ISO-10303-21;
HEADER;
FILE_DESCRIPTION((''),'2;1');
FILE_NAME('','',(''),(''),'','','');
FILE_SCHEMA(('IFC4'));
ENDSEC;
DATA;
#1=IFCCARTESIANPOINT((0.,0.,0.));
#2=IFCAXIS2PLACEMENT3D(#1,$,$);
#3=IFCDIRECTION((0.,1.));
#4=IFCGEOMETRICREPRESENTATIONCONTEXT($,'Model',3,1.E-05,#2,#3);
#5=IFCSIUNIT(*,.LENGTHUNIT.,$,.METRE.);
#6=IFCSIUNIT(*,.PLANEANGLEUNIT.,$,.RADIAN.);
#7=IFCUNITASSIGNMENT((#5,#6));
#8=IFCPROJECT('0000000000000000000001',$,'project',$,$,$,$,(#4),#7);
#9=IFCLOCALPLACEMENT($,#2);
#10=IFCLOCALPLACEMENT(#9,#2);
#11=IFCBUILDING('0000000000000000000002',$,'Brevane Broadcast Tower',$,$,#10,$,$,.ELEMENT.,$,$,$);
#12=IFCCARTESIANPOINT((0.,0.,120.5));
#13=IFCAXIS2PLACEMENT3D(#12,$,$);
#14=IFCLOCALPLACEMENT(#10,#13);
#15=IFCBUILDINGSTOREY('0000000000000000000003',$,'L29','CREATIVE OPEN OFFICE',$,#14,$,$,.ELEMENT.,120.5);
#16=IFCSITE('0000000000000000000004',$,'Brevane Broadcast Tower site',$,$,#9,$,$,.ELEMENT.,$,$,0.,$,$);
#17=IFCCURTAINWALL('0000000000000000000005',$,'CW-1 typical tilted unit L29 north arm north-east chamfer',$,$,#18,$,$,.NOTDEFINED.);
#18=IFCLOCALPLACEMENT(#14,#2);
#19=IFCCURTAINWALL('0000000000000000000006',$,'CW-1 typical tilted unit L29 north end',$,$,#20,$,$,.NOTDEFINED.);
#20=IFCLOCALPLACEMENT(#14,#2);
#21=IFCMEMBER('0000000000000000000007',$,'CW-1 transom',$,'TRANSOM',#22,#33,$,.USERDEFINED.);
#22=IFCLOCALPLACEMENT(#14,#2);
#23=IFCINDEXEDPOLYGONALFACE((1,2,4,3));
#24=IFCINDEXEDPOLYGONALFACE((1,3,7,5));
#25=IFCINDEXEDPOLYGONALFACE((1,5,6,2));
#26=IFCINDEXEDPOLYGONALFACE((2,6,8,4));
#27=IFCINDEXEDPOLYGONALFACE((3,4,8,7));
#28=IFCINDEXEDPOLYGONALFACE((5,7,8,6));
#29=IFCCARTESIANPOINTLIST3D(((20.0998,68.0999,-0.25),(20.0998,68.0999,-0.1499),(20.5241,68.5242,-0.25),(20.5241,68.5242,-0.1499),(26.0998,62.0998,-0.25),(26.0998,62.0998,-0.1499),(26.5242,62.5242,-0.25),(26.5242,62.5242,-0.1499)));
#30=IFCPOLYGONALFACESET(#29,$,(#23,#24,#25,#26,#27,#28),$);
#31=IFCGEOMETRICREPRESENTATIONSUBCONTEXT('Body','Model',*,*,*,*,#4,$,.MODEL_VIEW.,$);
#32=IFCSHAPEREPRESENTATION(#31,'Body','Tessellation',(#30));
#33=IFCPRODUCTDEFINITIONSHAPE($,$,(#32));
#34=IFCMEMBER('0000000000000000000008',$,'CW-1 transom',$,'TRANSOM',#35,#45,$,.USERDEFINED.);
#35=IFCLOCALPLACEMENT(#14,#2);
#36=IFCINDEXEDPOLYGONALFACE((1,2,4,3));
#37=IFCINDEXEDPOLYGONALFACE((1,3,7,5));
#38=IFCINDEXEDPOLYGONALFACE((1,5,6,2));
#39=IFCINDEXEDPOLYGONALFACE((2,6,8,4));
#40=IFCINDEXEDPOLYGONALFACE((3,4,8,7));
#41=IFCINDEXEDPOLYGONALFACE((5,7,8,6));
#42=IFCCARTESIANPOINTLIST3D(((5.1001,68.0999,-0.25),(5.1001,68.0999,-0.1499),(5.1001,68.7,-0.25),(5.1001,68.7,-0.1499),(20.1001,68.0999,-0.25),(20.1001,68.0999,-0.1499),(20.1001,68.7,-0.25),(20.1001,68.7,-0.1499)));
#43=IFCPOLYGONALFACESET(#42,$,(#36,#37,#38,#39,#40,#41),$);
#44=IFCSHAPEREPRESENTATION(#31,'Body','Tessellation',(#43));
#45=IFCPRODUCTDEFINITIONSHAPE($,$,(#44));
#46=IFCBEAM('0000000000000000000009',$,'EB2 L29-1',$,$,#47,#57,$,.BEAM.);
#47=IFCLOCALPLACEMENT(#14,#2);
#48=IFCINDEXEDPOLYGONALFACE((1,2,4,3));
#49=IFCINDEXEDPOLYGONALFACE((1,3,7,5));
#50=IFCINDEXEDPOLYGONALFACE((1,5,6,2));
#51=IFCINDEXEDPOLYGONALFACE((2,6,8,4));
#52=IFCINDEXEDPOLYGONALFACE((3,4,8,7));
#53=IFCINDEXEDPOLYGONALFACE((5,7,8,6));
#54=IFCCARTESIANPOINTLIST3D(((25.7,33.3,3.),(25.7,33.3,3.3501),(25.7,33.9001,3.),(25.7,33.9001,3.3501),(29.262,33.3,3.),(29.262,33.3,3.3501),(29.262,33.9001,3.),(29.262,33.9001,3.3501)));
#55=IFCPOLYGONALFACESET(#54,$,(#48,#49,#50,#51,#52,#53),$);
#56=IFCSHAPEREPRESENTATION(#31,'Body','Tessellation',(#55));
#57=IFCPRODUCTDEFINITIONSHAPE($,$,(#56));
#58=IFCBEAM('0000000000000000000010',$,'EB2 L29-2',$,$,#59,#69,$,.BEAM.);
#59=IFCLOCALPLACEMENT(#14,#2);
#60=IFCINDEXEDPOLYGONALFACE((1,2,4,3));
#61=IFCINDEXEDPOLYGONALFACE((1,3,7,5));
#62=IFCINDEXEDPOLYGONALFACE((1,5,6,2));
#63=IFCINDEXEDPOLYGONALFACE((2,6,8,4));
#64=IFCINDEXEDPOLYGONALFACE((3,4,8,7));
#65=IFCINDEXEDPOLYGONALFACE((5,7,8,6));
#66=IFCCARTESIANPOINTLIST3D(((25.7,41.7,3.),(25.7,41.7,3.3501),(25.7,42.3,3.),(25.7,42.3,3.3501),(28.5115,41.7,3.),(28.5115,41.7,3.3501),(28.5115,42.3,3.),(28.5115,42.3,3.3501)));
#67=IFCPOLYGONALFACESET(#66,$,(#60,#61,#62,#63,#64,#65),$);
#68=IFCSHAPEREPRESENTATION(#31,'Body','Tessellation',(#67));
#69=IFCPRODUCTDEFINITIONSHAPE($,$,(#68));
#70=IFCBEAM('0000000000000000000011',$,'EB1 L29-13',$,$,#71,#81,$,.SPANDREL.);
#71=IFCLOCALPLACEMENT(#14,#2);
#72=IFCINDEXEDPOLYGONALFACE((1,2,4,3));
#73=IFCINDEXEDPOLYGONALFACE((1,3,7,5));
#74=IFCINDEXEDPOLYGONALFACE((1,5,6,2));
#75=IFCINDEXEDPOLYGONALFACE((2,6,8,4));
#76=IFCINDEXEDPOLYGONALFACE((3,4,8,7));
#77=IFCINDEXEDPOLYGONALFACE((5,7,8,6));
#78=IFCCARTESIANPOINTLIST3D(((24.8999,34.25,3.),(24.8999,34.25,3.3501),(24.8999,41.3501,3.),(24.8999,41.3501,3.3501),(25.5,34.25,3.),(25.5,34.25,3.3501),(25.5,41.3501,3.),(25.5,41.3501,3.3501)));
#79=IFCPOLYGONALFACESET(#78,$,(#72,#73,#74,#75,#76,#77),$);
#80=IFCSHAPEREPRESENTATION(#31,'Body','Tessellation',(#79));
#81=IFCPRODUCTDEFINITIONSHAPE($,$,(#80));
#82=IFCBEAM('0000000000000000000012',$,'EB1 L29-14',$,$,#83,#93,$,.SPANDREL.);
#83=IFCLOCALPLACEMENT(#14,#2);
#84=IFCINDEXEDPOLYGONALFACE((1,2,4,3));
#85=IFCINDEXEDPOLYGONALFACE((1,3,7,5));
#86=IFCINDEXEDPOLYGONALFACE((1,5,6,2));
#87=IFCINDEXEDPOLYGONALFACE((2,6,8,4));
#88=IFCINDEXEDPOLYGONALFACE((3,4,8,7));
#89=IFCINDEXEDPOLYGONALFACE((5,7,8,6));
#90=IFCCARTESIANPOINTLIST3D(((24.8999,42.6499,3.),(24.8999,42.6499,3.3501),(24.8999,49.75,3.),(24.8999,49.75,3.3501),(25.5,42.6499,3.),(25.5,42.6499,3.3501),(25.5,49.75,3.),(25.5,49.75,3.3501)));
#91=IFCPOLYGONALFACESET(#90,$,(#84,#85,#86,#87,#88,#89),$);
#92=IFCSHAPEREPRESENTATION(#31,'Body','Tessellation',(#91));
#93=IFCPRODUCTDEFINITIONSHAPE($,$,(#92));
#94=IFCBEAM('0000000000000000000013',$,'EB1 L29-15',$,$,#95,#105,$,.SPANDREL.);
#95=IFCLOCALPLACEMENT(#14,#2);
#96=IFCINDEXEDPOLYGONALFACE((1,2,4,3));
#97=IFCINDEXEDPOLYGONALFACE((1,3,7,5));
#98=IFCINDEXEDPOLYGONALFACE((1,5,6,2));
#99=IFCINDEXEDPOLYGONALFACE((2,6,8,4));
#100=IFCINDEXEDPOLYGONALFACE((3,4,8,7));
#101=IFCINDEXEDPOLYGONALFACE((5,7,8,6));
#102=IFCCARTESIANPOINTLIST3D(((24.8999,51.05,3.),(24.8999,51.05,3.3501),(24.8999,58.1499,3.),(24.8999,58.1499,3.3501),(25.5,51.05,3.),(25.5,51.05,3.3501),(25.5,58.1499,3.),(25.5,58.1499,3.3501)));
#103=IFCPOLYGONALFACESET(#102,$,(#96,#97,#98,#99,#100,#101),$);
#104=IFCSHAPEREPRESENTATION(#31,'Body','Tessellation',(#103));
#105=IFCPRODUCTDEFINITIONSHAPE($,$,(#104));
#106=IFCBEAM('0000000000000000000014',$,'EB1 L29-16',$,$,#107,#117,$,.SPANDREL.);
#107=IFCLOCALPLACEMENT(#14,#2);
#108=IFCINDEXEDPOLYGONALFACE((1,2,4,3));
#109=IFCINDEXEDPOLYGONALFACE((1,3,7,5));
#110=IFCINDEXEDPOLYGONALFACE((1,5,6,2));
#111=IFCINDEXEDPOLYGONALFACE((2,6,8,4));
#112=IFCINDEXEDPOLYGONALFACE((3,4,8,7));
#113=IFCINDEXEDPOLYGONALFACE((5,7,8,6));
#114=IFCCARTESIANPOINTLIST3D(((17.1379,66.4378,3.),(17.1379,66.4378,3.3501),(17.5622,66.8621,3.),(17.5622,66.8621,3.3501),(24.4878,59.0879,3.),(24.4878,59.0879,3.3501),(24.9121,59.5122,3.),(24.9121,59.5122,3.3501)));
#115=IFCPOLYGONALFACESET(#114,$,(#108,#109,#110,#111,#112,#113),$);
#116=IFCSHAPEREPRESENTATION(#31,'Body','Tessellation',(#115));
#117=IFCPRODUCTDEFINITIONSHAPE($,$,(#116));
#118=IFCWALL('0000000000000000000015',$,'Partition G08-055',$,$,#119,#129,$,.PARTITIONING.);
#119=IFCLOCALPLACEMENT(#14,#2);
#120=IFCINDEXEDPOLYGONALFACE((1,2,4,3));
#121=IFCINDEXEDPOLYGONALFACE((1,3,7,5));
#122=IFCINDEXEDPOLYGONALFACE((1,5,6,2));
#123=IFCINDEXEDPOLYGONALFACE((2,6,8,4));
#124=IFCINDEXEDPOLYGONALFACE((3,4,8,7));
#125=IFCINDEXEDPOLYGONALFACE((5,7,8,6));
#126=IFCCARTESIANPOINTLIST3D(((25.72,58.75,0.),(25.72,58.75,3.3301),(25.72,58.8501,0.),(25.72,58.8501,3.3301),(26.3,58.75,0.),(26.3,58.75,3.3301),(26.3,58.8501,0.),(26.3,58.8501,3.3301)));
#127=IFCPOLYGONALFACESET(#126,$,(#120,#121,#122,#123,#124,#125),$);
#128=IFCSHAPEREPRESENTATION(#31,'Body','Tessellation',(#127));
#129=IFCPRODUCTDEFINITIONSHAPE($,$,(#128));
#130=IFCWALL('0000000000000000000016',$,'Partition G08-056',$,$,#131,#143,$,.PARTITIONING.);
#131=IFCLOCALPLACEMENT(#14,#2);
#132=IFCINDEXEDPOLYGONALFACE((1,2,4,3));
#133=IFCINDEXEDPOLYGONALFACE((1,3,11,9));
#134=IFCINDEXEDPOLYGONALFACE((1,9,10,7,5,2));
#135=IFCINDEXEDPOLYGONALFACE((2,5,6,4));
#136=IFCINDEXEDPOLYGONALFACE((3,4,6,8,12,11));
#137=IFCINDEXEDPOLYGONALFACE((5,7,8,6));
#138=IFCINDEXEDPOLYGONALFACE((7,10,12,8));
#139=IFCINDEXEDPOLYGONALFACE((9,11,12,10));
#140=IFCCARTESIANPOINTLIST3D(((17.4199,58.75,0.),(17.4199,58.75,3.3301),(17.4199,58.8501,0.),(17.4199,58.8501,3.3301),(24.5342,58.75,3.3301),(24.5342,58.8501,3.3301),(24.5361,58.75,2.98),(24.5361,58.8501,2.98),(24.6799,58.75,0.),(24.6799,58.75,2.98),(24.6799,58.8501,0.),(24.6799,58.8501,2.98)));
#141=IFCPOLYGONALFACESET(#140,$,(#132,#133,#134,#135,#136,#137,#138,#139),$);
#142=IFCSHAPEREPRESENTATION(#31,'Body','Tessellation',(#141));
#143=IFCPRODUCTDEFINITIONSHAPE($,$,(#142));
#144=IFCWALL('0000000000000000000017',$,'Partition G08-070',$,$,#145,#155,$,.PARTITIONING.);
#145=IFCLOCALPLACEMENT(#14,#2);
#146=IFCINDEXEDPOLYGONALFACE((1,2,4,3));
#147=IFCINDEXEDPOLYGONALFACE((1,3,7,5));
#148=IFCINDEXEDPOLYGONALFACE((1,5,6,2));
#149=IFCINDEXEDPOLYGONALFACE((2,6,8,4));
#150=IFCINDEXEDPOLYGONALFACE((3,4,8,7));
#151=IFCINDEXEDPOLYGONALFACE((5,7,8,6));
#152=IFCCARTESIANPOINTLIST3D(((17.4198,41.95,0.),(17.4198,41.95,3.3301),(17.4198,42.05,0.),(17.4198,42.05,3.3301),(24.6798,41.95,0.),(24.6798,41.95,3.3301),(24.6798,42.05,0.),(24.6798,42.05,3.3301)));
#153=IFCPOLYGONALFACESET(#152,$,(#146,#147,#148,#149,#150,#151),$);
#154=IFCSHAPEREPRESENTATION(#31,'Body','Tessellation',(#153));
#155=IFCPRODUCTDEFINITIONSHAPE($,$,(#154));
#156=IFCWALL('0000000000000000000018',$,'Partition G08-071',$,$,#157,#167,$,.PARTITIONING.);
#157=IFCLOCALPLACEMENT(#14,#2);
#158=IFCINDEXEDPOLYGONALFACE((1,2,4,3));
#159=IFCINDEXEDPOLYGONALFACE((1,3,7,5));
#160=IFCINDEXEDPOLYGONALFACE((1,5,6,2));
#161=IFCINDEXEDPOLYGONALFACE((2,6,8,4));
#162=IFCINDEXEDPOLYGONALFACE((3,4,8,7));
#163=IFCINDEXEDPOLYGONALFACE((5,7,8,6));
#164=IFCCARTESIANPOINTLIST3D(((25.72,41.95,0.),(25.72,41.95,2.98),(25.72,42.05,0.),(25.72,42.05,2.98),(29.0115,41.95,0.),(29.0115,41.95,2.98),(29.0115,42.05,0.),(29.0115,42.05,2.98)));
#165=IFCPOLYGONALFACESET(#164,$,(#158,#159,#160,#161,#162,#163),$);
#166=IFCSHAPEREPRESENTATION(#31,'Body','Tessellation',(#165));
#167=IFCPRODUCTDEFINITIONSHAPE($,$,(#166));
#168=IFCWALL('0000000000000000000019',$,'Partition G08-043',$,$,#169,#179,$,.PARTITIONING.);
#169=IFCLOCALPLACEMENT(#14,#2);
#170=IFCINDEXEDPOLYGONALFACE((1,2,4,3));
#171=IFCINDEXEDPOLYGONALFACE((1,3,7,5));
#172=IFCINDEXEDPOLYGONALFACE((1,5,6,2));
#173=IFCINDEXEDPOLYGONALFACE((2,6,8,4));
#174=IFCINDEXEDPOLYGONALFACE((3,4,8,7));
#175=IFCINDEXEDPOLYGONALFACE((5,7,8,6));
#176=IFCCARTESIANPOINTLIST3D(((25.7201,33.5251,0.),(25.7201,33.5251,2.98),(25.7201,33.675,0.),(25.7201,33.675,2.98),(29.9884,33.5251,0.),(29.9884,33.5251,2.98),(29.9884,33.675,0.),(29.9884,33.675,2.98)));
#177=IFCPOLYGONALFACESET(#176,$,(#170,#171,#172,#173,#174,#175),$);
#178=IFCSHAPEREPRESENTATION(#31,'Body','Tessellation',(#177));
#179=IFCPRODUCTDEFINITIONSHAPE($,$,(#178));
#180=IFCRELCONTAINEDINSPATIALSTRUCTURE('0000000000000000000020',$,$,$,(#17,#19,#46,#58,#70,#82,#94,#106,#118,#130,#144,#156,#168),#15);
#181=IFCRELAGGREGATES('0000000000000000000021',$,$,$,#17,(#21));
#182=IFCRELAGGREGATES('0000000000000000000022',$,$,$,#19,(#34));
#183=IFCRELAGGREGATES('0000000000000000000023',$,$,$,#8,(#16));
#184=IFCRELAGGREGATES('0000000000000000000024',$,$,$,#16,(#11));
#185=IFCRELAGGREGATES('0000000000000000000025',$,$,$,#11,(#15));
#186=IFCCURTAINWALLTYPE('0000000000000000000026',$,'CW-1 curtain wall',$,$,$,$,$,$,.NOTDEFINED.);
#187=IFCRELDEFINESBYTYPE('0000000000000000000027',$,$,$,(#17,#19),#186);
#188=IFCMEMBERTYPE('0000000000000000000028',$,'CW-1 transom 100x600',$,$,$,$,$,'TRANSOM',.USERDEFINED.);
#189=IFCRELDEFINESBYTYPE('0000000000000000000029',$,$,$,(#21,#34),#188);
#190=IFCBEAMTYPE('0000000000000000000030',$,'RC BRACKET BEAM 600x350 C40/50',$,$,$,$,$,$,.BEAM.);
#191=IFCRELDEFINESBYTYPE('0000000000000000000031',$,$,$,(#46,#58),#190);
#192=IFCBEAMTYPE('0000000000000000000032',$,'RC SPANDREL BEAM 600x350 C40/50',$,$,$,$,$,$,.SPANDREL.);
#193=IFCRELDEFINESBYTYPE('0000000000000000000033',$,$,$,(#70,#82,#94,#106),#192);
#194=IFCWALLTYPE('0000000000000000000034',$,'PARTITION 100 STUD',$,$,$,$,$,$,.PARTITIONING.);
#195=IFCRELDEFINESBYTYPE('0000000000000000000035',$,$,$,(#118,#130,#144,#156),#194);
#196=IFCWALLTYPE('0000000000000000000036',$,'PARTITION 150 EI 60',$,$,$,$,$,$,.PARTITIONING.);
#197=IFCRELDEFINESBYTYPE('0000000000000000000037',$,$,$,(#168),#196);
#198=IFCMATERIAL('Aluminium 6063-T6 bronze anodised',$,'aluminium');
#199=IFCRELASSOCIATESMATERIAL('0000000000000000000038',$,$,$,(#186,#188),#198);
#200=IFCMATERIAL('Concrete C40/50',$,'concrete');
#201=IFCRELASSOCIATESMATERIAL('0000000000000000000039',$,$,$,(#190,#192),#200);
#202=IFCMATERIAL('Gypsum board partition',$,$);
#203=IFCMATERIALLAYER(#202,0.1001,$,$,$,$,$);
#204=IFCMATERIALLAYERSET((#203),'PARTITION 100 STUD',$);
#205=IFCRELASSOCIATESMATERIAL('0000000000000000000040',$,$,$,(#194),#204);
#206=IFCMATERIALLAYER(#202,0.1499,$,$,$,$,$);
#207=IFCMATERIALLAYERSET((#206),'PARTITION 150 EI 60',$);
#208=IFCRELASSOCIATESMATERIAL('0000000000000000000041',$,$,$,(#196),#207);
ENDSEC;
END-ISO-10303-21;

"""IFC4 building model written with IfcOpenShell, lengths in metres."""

from ifc_helpers import new_model, si_unit, direction, frame, frame_2d, origin, origin_2d, place, context, subcontext, project, spatial, polyline, rectangle, outline, extrude, material, layer, layer_set, material_profile, profile_set, type_object, element, aggregate, save


model = new_model("IFC4")

# Units and contexts
model_context = context("Model", 3, precision=1e-05, world=origin(), true_north=direction((0.0, 1.0)))
body_context = subcontext(model_context, "Body", "Model", "MODEL_VIEW")
ifc_project = project(units=[si_unit("LENGTHUNIT", "METRE"), si_unit("PLANEANGLEUNIT", "RADIAN")], contexts=[model_context])

# Site, building, storey
site_placement = place(None, origin())
site = spatial("IfcSite", under=ifc_project, at=site_placement, Name="Brevane Broadcast Tower site", CompositionType="ELEMENT", RefElevation=0.0)
building_placement = place(site_placement, origin())
building = spatial("IfcBuilding", under=site, at=building_placement, Name="Brevane Broadcast Tower", CompositionType="ELEMENT")
storey_placement = place(building_placement, frame((0.0, 0.0, 120.5)))
storey = spatial("IfcBuildingStorey", under=building, at=storey_placement, Name="L29", Description="CREATIVE OPEN OFFICE", CompositionType="ELEMENT", Elevation=120.5)

# Shared definitions
ifc_material_1 = material(Name="Aluminium 6063-T6 bronze anodised", Category="aluminium")
curtain_wall_type = type_object("IfcCurtainWallType", Name="CW-1 curtain wall", PredefinedType="NOTDEFINED", material=ifc_material_1)

# Curtain wall
curtain_wall_1_placement = place(storey_placement, origin())
curtain_wall_1 = element("IfcCurtainWall", 1, at=curtain_wall_1_placement, inside=storey, type_object=curtain_wall_type, Name="CW-1 typical tilted unit L29 north arm north-east chamfer", PredefinedType="NOTDEFINED")

# Curtain wall
curtain_wall_2_placement = place(storey_placement, origin())
curtain_wall_2 = element("IfcCurtainWall", 2, at=curtain_wall_2_placement, inside=storey, type_object=curtain_wall_type, Name="CW-1 typical tilted unit L29 north end", PredefinedType="NOTDEFINED")

# Members
ifc_material_profile_1 = material_profile(ifc_material_1, rectangle(XDim=0.6001, YDim=0.1001, at=origin_2d()), Name="RECT 100x600")
ifc_profile_set_1 = profile_set([ifc_material_profile_1], Name="Aluminium 6063-T6 bronze anodised")
member_type_1 = type_object("IfcMemberType", Name="CW-1 transom 100x600", ElementType="TRANSOM", PredefinedType="USERDEFINED", material=ifc_profile_set_1)
member_1_placement = place(storey_placement, frame((26.312, 62.312, -0.2), z_axis=(-0.707107, 0.707107, 0.0), x_axis=(-0.707107, -0.707107, 0.0)))
member_1 = element("IfcMember", 3, at=member_1_placement, type_object=member_type_1, Name="CW-1 transom", ObjectType="TRANSOM", PredefinedType="USERDEFINED", context=body_context, shape_type="SweptSolid", body=[
    extrude(rectangle(XDim=0.6001, YDim=0.1001, at=origin_2d()), origin(), (0.0, 0.0, 1.0), 8.4854),
])
aggregate(curtain_wall_1, [member_1])
member_2_placement = place(storey_placement, frame((20.1001, 68.3999, -0.2), z_axis=(-1.0, 0.0, 0.0), x_axis=(0.0, -1.0, 0.0)))
member_2 = element("IfcMember", 4, at=member_2_placement, type_object=member_type_1, Name="CW-1 transom", ObjectType="TRANSOM", PredefinedType="USERDEFINED", context=body_context, shape_type="SweptSolid", body=[
    extrude(rectangle(XDim=0.6001, YDim=0.1001, at=origin_2d()), origin(), (0.0, 0.0, 1.0), 15.0),
])
aggregate(curtain_wall_2, [member_2])

# Beams
ifc_material_2 = material(Name="Concrete C40/50", Category="concrete")
ifc_material_profile_2 = material_profile(ifc_material_2, rectangle(XDim=0.6001, YDim=0.3501, at=origin_2d()), Name="RC 600x350")
ifc_profile_set_2 = profile_set([ifc_material_profile_2], Name="Concrete C40/50")
beam_type_1 = type_object("IfcBeamType", Name="RC BRACKET BEAM 600x350 C40/50", PredefinedType="BEAM", material=ifc_profile_set_2)
beam_1_placement = place(storey_placement, frame((25.7, 33.6001, 3.175), z_axis=(1.0, 0.0, 0.0), x_axis=(0.0, 1.0, 0.0)))
element("IfcBeam", 5, at=beam_1_placement, inside=storey, type_object=beam_type_1, Name="EB2 L29-1", PredefinedType="BEAM", context=body_context, shape_type="SweptSolid", body=[
    extrude(rectangle(XDim=0.6001, YDim=0.3501, at=origin_2d()), origin(), (0.0, 0.0, 1.0), 3.562),
])
beam_2_placement = place(storey_placement, frame((25.7, 42.0, 3.175), z_axis=(1.0, 0.0, 0.0), x_axis=(0.0, 1.0, 0.0)))
element("IfcBeam", 6, at=beam_2_placement, inside=storey, type_object=beam_type_1, Name="EB2 L29-2", PredefinedType="BEAM", context=body_context, shape_type="SweptSolid", body=[
    extrude(rectangle(XDim=0.6001, YDim=0.3501, at=origin_2d()), origin(), (0.0, 0.0, 1.0), 2.8115),
])
ifc_material_profile_3 = material_profile(ifc_material_2, rectangle(XDim=0.6001, YDim=0.3501, at=origin_2d()), Name="RC 600x350")
ifc_profile_set_3 = profile_set([ifc_material_profile_3], Name="Concrete C40/50")
beam_type_2 = type_object("IfcBeamType", Name="RC SPANDREL BEAM 600x350 C40/50", PredefinedType="SPANDREL", material=ifc_profile_set_3)
for number, where, z_axis, x_axis, name in (
    (7, (25.2, 34.25, 3.175), (0.0, 1.0, 0.0), (-1.0, 0.0, 0.0), "EB1 L29-13"),
    (8, (25.2, 42.6499, 3.175), (0.0, 1.0, 0.0), (-1.0, 0.0, 0.0), "EB1 L29-14"),
):
    element("IfcBeam", number, at=place(storey_placement, frame(where, z_axis=z_axis, x_axis=x_axis)), inside=storey, type_object=beam_type_2, Name=name, PredefinedType="SPANDREL", context=body_context, shape_type="SweptSolid", body=[
        extrude(rectangle(XDim=0.6001, YDim=0.3501, at=origin_2d()), origin(), (0.0, 0.0, 1.0), 7.1001),
    ])
beam_3_placement = place(storey_placement, frame((25.2, 51.05, 3.175), z_axis=(0.0, 1.0, 0.0), x_axis=(-1.0, 0.0, 0.0)))
element("IfcBeam", 9, at=beam_3_placement, inside=storey, type_object=beam_type_2, Name="EB1 L29-15", PredefinedType="SPANDREL", context=body_context, shape_type="SweptSolid", body=[
    extrude(rectangle(XDim=0.6001, YDim=0.3501, at=origin_2d()), origin(), (0.0, 0.0, 1.0), 7.0999),
])
beam_4_placement = place(storey_placement, frame((24.7, 59.3, 3.175), z_axis=(-0.707107, 0.707107, 0.0), x_axis=(-0.707107, -0.707107, 0.0)))
element("IfcBeam", 10, at=beam_4_placement, inside=storey, type_object=beam_type_2, Name="EB1 L29-16", PredefinedType="SPANDREL", context=body_context, shape_type="SweptSolid", body=[
    extrude(rectangle(XDim=0.6001, YDim=0.3501, at=origin_2d()), origin(), (0.0, 0.0, 1.0), 10.3943),
])

# Walls
ifc_material_3 = material(Name="Gypsum board partition")
ifc_layer_1 = layer(ifc_material_3, 0.1001)
ifc_layer_set_1 = layer_set([ifc_layer_1], Name="PARTITION 100 STUD")
wall_type_1 = type_object("IfcWallType", Name="PARTITION 100 STUD", PredefinedType="PARTITIONING", material=ifc_layer_set_1)
wall_1_placement = place(storey_placement, frame((26.3, 58.8, 0.0), z_axis=(0.0, 0.0, 1.0), x_axis=(-1.0, 0.0, 0.0)))
element("IfcWall", 11, at=wall_1_placement, inside=storey, type_object=wall_type_1, Name="Partition G08-055", PredefinedType="PARTITIONING", context=body_context, shape_type="SweptSolid", body=[
    extrude(rectangle(XDim=0.5801, YDim=0.1001, at=frame_2d((0.29, 0.0))), origin(), (0.0, 0.0, 1.0), 3.3301),
])
wall_2_placement = place(storey_placement, frame((24.6799, 58.8, 0.0), z_axis=(0.0, 0.0, 1.0), x_axis=(-1.0, 0.0, 0.0)))
element("IfcWall", 12, at=wall_2_placement, inside=storey, type_object=wall_type_1, Name="Partition G08-056", PredefinedType="PARTITIONING", context=body_context, shape_type="SweptSolid", body=[
    extrude(outline(polyline([(0.0, 0.0), (7.26, 0.0), (7.26, 3.3301), (0.1458, 3.3301), (0.1438, 2.98), (0.0, 2.98), (0.0, 0.0)])), frame((0.0, 0.05, 0.0), z_axis=(0.0, -1.0, 0.0), x_axis=(1.0, 0.0, 0.0)), (0.0, 0.0, 1.0), 0.1001),
])
wall_3_placement = place(storey_placement, frame((17.4199, 42.0, 0.0), z_axis=(0.0, 0.0, 1.0), x_axis=(1.0, 0.0, 0.0)))
element("IfcWall", 13, at=wall_3_placement, inside=storey, type_object=wall_type_1, Name="Partition G08-070", PredefinedType="PARTITIONING", context=body_context, shape_type="SweptSolid", body=[
    extrude(rectangle(XDim=7.26, YDim=0.1001, at=frame_2d((3.6299, 0.0))), origin(), (0.0, 0.0, 1.0), 3.3301),
])
wall_4_placement = place(storey_placement, frame((25.72, 42.0, 0.0), z_axis=(0.0, 0.0, 1.0), x_axis=(1.0, 0.0, 0.0)))
element("IfcWall", 14, at=wall_4_placement, inside=storey, type_object=wall_type_1, Name="Partition G08-071", PredefinedType="PARTITIONING", context=body_context, shape_type="SweptSolid", body=[
    extrude(rectangle(XDim=3.2915, YDim=0.1001, at=frame_2d((1.6458, 0.0))), origin(), (0.0, 0.0, 1.0), 2.98),
])
ifc_layer_2 = layer(ifc_material_3, 0.1499)
ifc_layer_set_2 = layer_set([ifc_layer_2], Name="PARTITION 150 EI 60")
wall_type_2 = type_object("IfcWallType", Name="PARTITION 150 EI 60", PredefinedType="PARTITIONING", material=ifc_layer_set_2)
wall_5_placement = place(storey_placement, frame((25.72, 33.6001, 0.0), z_axis=(0.0, 0.0, 1.0), x_axis=(1.0, 0.0, 0.0)))
element("IfcWall", 15, at=wall_5_placement, inside=storey, type_object=wall_type_2, Name="Partition G08-043", PredefinedType="PARTITIONING", context=body_context, shape_type="SweptSolid", body=[
    extrude(rectangle(XDim=4.2683, YDim=0.1499, at=frame_2d((2.1343, 0.0))), origin(), (0.0, 0.0, 1.0), 2.98),
])

save(model, "model.ifc")
